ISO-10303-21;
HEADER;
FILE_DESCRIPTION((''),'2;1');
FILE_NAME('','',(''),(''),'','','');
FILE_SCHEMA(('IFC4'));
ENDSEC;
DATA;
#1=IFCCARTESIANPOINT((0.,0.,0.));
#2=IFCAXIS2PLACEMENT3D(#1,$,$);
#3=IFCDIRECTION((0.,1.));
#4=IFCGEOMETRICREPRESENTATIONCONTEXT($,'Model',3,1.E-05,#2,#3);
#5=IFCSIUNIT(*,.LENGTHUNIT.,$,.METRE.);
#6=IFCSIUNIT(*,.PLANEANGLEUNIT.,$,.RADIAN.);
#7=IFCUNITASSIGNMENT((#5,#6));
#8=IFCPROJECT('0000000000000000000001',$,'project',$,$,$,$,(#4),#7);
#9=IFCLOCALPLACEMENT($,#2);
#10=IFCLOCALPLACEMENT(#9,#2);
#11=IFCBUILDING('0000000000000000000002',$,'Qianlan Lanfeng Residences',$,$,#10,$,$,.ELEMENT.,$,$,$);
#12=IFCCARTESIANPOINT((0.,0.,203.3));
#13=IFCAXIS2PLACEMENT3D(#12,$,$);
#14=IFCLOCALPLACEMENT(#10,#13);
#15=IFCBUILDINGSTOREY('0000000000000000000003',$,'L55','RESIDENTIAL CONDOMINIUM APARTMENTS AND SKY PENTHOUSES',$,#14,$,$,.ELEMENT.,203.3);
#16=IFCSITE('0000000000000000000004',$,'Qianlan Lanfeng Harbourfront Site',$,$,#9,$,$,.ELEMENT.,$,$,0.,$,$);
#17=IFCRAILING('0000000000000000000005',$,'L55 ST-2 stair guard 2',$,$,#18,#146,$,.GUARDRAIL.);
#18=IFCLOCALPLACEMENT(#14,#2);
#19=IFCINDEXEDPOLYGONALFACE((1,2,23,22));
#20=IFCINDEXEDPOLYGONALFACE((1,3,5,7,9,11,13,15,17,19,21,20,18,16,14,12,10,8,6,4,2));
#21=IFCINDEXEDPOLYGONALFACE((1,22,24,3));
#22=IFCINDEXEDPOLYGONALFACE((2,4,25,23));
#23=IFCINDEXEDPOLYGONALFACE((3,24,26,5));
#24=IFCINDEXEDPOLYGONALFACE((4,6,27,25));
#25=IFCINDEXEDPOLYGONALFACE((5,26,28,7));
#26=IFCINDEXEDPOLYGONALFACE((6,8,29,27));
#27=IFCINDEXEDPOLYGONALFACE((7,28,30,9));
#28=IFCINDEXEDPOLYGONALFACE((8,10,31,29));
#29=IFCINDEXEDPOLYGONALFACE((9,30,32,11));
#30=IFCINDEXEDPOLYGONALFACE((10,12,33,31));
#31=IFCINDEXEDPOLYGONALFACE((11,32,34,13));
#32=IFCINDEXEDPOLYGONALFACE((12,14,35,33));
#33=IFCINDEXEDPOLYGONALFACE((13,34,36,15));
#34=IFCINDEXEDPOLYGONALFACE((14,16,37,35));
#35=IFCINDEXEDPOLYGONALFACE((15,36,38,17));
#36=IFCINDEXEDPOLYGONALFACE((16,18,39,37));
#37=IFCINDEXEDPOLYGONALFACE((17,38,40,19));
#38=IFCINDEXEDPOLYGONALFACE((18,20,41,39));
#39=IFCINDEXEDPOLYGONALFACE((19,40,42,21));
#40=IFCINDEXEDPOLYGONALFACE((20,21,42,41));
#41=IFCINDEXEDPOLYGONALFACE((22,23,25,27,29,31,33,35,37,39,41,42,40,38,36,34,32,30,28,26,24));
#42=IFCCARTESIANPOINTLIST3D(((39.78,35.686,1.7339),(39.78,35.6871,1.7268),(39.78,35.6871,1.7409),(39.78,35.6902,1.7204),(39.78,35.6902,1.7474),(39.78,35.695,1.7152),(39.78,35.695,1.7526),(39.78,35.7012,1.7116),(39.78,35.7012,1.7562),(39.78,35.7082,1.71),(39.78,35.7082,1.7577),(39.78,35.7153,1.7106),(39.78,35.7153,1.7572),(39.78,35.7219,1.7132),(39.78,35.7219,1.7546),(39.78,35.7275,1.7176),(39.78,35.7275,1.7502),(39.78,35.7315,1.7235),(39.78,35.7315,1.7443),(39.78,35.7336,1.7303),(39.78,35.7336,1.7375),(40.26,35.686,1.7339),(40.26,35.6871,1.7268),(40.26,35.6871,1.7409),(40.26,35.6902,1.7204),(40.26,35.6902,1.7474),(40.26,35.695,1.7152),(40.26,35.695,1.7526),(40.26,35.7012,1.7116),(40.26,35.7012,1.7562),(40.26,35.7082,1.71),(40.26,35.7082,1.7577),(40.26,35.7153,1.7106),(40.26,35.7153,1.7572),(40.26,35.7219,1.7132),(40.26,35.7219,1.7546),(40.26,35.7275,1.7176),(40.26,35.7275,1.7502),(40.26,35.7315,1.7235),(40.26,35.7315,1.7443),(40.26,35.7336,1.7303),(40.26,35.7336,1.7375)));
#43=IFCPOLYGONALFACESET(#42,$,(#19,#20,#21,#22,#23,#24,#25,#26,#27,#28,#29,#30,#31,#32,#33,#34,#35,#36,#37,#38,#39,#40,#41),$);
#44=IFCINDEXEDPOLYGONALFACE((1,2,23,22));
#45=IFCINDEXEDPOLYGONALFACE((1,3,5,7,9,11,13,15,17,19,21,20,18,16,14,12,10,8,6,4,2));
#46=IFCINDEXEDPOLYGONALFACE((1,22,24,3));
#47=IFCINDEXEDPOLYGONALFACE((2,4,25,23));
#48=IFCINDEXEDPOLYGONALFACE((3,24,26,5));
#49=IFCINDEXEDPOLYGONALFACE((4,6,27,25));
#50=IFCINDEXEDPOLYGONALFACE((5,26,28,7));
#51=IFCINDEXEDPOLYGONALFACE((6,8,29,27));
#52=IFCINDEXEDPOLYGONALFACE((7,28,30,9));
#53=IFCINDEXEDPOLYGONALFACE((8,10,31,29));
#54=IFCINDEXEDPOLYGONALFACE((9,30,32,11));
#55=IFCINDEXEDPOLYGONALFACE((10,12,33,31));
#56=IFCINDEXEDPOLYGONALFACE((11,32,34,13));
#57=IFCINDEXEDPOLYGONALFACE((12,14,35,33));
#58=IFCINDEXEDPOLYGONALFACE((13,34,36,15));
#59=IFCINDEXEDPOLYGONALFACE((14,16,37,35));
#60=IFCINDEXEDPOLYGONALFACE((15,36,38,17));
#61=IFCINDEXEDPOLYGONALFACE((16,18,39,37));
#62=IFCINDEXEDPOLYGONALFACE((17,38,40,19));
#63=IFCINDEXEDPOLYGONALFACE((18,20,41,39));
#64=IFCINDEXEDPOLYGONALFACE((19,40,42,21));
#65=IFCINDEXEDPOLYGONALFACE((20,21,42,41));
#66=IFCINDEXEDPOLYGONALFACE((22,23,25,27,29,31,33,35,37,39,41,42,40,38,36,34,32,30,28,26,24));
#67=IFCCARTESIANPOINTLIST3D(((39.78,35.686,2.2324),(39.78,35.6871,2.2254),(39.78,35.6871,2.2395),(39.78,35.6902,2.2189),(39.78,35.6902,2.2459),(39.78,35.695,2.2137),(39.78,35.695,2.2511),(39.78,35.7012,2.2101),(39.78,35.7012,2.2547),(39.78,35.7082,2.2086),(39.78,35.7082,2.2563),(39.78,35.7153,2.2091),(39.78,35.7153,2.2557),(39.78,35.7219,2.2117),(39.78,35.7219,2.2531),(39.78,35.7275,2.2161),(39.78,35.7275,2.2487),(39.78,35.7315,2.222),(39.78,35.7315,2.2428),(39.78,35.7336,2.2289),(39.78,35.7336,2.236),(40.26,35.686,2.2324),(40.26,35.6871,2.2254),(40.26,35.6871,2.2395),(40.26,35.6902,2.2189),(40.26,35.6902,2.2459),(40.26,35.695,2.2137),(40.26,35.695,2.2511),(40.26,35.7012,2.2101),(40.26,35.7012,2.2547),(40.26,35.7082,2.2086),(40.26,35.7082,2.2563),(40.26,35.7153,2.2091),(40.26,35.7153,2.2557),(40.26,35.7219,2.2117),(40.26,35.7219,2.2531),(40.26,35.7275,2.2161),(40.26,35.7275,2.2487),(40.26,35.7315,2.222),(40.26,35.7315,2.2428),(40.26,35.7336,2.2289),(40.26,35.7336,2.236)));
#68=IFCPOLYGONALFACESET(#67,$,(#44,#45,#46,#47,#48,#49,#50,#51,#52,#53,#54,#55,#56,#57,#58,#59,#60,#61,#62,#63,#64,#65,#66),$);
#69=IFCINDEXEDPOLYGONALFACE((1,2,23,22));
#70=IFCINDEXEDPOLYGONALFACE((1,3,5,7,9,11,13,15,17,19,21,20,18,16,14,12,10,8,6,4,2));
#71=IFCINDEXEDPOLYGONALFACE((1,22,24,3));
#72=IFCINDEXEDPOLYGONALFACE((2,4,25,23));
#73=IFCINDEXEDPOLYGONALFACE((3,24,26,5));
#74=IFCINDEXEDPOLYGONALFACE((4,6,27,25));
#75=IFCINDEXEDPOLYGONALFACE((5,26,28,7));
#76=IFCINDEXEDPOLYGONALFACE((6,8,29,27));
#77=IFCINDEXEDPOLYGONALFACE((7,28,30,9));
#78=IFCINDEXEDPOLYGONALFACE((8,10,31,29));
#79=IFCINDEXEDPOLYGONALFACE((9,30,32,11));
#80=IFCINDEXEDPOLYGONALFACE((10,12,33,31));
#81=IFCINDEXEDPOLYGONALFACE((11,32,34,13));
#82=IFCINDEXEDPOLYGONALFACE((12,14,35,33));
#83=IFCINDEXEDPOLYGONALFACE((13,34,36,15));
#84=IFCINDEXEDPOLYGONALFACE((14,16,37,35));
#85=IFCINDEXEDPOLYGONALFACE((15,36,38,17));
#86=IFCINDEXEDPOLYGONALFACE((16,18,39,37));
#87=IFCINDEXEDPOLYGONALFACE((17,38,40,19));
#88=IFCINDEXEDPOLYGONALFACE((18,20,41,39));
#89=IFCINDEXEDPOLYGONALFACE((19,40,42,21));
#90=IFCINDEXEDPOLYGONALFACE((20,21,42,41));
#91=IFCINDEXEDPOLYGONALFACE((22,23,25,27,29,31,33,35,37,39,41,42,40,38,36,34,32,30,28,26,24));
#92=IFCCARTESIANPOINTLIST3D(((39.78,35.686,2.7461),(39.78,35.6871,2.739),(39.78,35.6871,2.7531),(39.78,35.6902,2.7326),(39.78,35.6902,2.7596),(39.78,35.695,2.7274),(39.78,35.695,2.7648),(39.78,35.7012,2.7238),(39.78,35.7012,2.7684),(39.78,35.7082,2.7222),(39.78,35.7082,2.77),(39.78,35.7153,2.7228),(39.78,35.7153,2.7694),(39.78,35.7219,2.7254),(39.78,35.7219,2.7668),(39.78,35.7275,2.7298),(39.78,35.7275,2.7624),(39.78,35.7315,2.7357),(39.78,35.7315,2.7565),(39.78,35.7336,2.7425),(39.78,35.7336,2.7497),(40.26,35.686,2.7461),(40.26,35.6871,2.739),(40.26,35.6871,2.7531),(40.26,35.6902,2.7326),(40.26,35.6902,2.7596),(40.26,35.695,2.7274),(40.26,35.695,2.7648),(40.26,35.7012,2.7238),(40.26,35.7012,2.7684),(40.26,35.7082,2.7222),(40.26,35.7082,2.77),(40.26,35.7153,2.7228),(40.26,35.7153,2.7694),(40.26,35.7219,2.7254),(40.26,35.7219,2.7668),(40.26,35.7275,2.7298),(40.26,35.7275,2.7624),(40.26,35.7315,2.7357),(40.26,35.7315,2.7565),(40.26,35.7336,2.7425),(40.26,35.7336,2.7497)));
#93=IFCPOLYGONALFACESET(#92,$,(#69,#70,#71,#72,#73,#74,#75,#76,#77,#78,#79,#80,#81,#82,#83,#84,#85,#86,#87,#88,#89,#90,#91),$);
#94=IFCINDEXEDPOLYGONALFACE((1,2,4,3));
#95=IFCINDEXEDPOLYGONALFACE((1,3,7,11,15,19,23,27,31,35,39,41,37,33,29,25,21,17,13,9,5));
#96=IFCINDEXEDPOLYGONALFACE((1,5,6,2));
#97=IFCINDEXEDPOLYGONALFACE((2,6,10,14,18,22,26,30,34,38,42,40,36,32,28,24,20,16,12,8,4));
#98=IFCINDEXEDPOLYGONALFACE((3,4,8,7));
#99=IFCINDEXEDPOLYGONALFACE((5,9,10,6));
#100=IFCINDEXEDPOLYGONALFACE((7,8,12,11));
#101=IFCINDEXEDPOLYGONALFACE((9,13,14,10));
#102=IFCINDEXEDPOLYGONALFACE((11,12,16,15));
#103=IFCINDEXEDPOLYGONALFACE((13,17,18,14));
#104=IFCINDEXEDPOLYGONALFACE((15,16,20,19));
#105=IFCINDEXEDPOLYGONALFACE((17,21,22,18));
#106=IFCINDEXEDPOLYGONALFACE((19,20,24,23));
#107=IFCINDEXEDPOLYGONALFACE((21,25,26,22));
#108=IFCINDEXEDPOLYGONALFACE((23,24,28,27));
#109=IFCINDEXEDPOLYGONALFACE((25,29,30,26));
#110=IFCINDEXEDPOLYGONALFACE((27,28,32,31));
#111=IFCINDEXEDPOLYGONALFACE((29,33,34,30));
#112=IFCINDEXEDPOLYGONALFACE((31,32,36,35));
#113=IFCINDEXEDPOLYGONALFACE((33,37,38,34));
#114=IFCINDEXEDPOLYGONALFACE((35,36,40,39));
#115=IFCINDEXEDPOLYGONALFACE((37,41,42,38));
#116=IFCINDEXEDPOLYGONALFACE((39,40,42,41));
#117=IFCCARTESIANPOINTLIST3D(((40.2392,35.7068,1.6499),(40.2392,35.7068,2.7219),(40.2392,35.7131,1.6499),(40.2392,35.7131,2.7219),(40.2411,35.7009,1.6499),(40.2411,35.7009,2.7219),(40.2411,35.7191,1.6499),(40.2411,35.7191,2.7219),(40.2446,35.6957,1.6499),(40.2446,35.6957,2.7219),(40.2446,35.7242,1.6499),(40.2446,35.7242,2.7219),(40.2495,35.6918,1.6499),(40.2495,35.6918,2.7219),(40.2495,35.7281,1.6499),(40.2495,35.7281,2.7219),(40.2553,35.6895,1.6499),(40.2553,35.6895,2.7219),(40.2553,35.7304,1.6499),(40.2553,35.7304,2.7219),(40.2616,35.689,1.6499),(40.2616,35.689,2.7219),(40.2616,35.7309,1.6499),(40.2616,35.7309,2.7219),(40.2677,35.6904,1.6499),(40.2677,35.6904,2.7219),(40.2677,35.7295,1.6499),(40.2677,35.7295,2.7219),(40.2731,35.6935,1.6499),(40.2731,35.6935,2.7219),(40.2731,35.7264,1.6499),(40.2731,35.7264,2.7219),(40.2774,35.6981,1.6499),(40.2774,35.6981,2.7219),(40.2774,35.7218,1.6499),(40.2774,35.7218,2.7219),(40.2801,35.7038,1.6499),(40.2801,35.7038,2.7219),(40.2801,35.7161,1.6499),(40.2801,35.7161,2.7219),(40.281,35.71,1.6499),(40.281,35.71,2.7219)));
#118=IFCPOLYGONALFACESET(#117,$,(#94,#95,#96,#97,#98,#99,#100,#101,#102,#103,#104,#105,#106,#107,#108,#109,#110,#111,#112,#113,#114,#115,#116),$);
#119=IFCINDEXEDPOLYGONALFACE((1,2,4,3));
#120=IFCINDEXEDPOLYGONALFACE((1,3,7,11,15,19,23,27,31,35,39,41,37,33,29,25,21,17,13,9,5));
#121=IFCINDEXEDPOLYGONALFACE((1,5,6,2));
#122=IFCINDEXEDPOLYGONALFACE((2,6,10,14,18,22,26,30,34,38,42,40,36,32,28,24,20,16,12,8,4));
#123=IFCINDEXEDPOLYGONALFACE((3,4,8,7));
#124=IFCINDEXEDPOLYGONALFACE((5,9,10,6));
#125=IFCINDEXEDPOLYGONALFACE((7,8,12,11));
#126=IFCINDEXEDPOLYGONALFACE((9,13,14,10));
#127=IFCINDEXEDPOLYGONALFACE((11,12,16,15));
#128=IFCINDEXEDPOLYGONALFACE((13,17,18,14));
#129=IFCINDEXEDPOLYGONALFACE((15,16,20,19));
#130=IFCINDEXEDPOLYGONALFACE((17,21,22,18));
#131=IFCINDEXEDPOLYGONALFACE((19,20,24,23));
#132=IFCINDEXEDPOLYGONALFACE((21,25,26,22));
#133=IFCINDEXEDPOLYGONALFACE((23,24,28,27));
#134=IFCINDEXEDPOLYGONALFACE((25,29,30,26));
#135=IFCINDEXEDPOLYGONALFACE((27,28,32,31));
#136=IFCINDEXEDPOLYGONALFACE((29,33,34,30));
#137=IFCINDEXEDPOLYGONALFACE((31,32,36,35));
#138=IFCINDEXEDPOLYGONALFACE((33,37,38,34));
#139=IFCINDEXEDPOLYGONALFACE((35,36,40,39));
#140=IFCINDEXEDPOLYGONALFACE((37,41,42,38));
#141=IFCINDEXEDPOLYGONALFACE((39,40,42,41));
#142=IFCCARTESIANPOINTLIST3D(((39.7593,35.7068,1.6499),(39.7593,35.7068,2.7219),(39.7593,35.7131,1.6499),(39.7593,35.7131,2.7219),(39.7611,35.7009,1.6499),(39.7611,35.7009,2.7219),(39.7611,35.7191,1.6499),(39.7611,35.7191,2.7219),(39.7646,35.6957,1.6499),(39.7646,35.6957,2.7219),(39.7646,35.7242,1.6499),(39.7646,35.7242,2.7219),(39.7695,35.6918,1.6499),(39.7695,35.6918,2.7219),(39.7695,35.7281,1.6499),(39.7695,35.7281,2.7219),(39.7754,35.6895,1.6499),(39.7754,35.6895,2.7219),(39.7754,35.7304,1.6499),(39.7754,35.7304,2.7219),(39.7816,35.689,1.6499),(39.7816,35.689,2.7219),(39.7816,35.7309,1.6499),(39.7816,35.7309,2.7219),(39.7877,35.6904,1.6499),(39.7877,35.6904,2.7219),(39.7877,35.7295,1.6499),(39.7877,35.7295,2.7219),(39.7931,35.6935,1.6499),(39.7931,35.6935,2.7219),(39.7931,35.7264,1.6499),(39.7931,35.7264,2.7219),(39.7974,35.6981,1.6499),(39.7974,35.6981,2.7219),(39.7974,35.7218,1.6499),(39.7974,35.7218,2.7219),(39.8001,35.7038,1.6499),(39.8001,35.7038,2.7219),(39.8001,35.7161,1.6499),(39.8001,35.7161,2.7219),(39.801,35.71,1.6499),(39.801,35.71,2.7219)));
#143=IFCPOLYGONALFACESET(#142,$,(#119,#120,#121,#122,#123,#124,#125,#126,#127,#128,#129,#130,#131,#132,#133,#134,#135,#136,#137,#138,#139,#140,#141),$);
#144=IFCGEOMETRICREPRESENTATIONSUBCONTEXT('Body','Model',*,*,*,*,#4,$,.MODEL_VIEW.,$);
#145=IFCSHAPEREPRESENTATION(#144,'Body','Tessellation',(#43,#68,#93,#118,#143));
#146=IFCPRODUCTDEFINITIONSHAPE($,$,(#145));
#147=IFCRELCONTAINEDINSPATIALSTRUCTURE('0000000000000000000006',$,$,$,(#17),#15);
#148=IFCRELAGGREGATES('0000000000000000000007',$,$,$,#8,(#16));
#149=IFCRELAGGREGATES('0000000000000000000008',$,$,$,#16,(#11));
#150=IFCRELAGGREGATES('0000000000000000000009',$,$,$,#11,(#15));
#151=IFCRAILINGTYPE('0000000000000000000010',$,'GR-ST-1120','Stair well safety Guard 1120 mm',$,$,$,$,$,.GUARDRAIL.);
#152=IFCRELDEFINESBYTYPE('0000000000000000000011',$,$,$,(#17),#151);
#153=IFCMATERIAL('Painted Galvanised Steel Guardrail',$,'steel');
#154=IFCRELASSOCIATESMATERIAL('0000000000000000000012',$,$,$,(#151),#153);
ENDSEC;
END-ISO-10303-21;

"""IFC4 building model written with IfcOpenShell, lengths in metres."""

from ifc_helpers import new_model, si_unit, direction, frame, origin, origin_2d, place, context, subcontext, project, spatial, circle, extrude, material, type_object, element, save


model = new_model("IFC4")

# Units and contexts
model_context = context("Model", 3, precision=1e-05, world=origin(), true_north=direction((0.0, 1.0)))
body_context = subcontext(model_context, "Body", "Model", "MODEL_VIEW")
ifc_project = project(units=[si_unit("LENGTHUNIT", "METRE"), si_unit("PLANEANGLEUNIT", "RADIAN")], contexts=[model_context])

# Site, building, storey
site_placement = place(None, origin())
site = spatial("IfcSite", under=ifc_project, at=site_placement, Name="Qianlan Lanfeng Harbourfront Site", CompositionType="ELEMENT", RefElevation=0.0)
building_placement = place(site_placement, origin())
building = spatial("IfcBuilding", under=site, at=building_placement, Name="Qianlan Lanfeng Residences", CompositionType="ELEMENT")
storey_placement = place(building_placement, frame((0.0, 0.0, 203.3)))
storey = spatial("IfcBuildingStorey", under=building, at=storey_placement, Name="L55", Description="RESIDENTIAL CONDOMINIUM APARTMENTS AND SKY PENTHOUSES", CompositionType="ELEMENT", Elevation=203.3)

# Railing
ifc_material_1 = material(Name="Painted Galvanised Steel Guardrail", Category="steel")
railing_type_1 = type_object("IfcRailingType", Name="GR-ST-1120", Description="Stair well safety Guard 1120 mm", PredefinedType="GUARDRAIL", material=ifc_material_1)
railing_1_placement = place(storey_placement, frame((40.26, 35.71, 1.6499)))
element("IfcRailing", 1, at=railing_1_placement, inside=storey, type_object=railing_type_1, Name="L55 ST-2 stair guard 2", PredefinedType="GUARDRAIL", context=body_context, shape_type="SweptSolid", body=[
    extrude(circle(Radius=0.0239, at=origin_2d()), frame((0.0, 0.0, 0.084), z_axis=(-1.0, 0.0, 0.0), x_axis=(0.0, -1.0, 0.0)), (0.0, 0.0, 1.0), 0.48),
    extrude(circle(Radius=0.0239, at=origin_2d()), frame((0.0, 0.0, 0.5825), z_axis=(-1.0, 0.0, 0.0), x_axis=(0.0, -1.0, 0.0)), (0.0, 0.0, 1.0), 0.48),
    extrude(circle(Radius=0.0239, at=origin_2d()), frame((0.0, 0.0, 1.0962), z_axis=(-1.0, 0.0, 0.0), x_axis=(0.0, -1.0, 0.0)), (0.0, 0.0, 1.0), 0.48),
    extrude(circle(Radius=0.021, at=origin_2d()), origin(), (0.0, 0.0, 1.0), 1.072),
    extrude(circle(Radius=0.021, at=origin_2d()), frame((-0.48, 0.0, 0.0)), (0.0, 0.0, 1.0), 1.072),
])

save(model, "model.ifc")
